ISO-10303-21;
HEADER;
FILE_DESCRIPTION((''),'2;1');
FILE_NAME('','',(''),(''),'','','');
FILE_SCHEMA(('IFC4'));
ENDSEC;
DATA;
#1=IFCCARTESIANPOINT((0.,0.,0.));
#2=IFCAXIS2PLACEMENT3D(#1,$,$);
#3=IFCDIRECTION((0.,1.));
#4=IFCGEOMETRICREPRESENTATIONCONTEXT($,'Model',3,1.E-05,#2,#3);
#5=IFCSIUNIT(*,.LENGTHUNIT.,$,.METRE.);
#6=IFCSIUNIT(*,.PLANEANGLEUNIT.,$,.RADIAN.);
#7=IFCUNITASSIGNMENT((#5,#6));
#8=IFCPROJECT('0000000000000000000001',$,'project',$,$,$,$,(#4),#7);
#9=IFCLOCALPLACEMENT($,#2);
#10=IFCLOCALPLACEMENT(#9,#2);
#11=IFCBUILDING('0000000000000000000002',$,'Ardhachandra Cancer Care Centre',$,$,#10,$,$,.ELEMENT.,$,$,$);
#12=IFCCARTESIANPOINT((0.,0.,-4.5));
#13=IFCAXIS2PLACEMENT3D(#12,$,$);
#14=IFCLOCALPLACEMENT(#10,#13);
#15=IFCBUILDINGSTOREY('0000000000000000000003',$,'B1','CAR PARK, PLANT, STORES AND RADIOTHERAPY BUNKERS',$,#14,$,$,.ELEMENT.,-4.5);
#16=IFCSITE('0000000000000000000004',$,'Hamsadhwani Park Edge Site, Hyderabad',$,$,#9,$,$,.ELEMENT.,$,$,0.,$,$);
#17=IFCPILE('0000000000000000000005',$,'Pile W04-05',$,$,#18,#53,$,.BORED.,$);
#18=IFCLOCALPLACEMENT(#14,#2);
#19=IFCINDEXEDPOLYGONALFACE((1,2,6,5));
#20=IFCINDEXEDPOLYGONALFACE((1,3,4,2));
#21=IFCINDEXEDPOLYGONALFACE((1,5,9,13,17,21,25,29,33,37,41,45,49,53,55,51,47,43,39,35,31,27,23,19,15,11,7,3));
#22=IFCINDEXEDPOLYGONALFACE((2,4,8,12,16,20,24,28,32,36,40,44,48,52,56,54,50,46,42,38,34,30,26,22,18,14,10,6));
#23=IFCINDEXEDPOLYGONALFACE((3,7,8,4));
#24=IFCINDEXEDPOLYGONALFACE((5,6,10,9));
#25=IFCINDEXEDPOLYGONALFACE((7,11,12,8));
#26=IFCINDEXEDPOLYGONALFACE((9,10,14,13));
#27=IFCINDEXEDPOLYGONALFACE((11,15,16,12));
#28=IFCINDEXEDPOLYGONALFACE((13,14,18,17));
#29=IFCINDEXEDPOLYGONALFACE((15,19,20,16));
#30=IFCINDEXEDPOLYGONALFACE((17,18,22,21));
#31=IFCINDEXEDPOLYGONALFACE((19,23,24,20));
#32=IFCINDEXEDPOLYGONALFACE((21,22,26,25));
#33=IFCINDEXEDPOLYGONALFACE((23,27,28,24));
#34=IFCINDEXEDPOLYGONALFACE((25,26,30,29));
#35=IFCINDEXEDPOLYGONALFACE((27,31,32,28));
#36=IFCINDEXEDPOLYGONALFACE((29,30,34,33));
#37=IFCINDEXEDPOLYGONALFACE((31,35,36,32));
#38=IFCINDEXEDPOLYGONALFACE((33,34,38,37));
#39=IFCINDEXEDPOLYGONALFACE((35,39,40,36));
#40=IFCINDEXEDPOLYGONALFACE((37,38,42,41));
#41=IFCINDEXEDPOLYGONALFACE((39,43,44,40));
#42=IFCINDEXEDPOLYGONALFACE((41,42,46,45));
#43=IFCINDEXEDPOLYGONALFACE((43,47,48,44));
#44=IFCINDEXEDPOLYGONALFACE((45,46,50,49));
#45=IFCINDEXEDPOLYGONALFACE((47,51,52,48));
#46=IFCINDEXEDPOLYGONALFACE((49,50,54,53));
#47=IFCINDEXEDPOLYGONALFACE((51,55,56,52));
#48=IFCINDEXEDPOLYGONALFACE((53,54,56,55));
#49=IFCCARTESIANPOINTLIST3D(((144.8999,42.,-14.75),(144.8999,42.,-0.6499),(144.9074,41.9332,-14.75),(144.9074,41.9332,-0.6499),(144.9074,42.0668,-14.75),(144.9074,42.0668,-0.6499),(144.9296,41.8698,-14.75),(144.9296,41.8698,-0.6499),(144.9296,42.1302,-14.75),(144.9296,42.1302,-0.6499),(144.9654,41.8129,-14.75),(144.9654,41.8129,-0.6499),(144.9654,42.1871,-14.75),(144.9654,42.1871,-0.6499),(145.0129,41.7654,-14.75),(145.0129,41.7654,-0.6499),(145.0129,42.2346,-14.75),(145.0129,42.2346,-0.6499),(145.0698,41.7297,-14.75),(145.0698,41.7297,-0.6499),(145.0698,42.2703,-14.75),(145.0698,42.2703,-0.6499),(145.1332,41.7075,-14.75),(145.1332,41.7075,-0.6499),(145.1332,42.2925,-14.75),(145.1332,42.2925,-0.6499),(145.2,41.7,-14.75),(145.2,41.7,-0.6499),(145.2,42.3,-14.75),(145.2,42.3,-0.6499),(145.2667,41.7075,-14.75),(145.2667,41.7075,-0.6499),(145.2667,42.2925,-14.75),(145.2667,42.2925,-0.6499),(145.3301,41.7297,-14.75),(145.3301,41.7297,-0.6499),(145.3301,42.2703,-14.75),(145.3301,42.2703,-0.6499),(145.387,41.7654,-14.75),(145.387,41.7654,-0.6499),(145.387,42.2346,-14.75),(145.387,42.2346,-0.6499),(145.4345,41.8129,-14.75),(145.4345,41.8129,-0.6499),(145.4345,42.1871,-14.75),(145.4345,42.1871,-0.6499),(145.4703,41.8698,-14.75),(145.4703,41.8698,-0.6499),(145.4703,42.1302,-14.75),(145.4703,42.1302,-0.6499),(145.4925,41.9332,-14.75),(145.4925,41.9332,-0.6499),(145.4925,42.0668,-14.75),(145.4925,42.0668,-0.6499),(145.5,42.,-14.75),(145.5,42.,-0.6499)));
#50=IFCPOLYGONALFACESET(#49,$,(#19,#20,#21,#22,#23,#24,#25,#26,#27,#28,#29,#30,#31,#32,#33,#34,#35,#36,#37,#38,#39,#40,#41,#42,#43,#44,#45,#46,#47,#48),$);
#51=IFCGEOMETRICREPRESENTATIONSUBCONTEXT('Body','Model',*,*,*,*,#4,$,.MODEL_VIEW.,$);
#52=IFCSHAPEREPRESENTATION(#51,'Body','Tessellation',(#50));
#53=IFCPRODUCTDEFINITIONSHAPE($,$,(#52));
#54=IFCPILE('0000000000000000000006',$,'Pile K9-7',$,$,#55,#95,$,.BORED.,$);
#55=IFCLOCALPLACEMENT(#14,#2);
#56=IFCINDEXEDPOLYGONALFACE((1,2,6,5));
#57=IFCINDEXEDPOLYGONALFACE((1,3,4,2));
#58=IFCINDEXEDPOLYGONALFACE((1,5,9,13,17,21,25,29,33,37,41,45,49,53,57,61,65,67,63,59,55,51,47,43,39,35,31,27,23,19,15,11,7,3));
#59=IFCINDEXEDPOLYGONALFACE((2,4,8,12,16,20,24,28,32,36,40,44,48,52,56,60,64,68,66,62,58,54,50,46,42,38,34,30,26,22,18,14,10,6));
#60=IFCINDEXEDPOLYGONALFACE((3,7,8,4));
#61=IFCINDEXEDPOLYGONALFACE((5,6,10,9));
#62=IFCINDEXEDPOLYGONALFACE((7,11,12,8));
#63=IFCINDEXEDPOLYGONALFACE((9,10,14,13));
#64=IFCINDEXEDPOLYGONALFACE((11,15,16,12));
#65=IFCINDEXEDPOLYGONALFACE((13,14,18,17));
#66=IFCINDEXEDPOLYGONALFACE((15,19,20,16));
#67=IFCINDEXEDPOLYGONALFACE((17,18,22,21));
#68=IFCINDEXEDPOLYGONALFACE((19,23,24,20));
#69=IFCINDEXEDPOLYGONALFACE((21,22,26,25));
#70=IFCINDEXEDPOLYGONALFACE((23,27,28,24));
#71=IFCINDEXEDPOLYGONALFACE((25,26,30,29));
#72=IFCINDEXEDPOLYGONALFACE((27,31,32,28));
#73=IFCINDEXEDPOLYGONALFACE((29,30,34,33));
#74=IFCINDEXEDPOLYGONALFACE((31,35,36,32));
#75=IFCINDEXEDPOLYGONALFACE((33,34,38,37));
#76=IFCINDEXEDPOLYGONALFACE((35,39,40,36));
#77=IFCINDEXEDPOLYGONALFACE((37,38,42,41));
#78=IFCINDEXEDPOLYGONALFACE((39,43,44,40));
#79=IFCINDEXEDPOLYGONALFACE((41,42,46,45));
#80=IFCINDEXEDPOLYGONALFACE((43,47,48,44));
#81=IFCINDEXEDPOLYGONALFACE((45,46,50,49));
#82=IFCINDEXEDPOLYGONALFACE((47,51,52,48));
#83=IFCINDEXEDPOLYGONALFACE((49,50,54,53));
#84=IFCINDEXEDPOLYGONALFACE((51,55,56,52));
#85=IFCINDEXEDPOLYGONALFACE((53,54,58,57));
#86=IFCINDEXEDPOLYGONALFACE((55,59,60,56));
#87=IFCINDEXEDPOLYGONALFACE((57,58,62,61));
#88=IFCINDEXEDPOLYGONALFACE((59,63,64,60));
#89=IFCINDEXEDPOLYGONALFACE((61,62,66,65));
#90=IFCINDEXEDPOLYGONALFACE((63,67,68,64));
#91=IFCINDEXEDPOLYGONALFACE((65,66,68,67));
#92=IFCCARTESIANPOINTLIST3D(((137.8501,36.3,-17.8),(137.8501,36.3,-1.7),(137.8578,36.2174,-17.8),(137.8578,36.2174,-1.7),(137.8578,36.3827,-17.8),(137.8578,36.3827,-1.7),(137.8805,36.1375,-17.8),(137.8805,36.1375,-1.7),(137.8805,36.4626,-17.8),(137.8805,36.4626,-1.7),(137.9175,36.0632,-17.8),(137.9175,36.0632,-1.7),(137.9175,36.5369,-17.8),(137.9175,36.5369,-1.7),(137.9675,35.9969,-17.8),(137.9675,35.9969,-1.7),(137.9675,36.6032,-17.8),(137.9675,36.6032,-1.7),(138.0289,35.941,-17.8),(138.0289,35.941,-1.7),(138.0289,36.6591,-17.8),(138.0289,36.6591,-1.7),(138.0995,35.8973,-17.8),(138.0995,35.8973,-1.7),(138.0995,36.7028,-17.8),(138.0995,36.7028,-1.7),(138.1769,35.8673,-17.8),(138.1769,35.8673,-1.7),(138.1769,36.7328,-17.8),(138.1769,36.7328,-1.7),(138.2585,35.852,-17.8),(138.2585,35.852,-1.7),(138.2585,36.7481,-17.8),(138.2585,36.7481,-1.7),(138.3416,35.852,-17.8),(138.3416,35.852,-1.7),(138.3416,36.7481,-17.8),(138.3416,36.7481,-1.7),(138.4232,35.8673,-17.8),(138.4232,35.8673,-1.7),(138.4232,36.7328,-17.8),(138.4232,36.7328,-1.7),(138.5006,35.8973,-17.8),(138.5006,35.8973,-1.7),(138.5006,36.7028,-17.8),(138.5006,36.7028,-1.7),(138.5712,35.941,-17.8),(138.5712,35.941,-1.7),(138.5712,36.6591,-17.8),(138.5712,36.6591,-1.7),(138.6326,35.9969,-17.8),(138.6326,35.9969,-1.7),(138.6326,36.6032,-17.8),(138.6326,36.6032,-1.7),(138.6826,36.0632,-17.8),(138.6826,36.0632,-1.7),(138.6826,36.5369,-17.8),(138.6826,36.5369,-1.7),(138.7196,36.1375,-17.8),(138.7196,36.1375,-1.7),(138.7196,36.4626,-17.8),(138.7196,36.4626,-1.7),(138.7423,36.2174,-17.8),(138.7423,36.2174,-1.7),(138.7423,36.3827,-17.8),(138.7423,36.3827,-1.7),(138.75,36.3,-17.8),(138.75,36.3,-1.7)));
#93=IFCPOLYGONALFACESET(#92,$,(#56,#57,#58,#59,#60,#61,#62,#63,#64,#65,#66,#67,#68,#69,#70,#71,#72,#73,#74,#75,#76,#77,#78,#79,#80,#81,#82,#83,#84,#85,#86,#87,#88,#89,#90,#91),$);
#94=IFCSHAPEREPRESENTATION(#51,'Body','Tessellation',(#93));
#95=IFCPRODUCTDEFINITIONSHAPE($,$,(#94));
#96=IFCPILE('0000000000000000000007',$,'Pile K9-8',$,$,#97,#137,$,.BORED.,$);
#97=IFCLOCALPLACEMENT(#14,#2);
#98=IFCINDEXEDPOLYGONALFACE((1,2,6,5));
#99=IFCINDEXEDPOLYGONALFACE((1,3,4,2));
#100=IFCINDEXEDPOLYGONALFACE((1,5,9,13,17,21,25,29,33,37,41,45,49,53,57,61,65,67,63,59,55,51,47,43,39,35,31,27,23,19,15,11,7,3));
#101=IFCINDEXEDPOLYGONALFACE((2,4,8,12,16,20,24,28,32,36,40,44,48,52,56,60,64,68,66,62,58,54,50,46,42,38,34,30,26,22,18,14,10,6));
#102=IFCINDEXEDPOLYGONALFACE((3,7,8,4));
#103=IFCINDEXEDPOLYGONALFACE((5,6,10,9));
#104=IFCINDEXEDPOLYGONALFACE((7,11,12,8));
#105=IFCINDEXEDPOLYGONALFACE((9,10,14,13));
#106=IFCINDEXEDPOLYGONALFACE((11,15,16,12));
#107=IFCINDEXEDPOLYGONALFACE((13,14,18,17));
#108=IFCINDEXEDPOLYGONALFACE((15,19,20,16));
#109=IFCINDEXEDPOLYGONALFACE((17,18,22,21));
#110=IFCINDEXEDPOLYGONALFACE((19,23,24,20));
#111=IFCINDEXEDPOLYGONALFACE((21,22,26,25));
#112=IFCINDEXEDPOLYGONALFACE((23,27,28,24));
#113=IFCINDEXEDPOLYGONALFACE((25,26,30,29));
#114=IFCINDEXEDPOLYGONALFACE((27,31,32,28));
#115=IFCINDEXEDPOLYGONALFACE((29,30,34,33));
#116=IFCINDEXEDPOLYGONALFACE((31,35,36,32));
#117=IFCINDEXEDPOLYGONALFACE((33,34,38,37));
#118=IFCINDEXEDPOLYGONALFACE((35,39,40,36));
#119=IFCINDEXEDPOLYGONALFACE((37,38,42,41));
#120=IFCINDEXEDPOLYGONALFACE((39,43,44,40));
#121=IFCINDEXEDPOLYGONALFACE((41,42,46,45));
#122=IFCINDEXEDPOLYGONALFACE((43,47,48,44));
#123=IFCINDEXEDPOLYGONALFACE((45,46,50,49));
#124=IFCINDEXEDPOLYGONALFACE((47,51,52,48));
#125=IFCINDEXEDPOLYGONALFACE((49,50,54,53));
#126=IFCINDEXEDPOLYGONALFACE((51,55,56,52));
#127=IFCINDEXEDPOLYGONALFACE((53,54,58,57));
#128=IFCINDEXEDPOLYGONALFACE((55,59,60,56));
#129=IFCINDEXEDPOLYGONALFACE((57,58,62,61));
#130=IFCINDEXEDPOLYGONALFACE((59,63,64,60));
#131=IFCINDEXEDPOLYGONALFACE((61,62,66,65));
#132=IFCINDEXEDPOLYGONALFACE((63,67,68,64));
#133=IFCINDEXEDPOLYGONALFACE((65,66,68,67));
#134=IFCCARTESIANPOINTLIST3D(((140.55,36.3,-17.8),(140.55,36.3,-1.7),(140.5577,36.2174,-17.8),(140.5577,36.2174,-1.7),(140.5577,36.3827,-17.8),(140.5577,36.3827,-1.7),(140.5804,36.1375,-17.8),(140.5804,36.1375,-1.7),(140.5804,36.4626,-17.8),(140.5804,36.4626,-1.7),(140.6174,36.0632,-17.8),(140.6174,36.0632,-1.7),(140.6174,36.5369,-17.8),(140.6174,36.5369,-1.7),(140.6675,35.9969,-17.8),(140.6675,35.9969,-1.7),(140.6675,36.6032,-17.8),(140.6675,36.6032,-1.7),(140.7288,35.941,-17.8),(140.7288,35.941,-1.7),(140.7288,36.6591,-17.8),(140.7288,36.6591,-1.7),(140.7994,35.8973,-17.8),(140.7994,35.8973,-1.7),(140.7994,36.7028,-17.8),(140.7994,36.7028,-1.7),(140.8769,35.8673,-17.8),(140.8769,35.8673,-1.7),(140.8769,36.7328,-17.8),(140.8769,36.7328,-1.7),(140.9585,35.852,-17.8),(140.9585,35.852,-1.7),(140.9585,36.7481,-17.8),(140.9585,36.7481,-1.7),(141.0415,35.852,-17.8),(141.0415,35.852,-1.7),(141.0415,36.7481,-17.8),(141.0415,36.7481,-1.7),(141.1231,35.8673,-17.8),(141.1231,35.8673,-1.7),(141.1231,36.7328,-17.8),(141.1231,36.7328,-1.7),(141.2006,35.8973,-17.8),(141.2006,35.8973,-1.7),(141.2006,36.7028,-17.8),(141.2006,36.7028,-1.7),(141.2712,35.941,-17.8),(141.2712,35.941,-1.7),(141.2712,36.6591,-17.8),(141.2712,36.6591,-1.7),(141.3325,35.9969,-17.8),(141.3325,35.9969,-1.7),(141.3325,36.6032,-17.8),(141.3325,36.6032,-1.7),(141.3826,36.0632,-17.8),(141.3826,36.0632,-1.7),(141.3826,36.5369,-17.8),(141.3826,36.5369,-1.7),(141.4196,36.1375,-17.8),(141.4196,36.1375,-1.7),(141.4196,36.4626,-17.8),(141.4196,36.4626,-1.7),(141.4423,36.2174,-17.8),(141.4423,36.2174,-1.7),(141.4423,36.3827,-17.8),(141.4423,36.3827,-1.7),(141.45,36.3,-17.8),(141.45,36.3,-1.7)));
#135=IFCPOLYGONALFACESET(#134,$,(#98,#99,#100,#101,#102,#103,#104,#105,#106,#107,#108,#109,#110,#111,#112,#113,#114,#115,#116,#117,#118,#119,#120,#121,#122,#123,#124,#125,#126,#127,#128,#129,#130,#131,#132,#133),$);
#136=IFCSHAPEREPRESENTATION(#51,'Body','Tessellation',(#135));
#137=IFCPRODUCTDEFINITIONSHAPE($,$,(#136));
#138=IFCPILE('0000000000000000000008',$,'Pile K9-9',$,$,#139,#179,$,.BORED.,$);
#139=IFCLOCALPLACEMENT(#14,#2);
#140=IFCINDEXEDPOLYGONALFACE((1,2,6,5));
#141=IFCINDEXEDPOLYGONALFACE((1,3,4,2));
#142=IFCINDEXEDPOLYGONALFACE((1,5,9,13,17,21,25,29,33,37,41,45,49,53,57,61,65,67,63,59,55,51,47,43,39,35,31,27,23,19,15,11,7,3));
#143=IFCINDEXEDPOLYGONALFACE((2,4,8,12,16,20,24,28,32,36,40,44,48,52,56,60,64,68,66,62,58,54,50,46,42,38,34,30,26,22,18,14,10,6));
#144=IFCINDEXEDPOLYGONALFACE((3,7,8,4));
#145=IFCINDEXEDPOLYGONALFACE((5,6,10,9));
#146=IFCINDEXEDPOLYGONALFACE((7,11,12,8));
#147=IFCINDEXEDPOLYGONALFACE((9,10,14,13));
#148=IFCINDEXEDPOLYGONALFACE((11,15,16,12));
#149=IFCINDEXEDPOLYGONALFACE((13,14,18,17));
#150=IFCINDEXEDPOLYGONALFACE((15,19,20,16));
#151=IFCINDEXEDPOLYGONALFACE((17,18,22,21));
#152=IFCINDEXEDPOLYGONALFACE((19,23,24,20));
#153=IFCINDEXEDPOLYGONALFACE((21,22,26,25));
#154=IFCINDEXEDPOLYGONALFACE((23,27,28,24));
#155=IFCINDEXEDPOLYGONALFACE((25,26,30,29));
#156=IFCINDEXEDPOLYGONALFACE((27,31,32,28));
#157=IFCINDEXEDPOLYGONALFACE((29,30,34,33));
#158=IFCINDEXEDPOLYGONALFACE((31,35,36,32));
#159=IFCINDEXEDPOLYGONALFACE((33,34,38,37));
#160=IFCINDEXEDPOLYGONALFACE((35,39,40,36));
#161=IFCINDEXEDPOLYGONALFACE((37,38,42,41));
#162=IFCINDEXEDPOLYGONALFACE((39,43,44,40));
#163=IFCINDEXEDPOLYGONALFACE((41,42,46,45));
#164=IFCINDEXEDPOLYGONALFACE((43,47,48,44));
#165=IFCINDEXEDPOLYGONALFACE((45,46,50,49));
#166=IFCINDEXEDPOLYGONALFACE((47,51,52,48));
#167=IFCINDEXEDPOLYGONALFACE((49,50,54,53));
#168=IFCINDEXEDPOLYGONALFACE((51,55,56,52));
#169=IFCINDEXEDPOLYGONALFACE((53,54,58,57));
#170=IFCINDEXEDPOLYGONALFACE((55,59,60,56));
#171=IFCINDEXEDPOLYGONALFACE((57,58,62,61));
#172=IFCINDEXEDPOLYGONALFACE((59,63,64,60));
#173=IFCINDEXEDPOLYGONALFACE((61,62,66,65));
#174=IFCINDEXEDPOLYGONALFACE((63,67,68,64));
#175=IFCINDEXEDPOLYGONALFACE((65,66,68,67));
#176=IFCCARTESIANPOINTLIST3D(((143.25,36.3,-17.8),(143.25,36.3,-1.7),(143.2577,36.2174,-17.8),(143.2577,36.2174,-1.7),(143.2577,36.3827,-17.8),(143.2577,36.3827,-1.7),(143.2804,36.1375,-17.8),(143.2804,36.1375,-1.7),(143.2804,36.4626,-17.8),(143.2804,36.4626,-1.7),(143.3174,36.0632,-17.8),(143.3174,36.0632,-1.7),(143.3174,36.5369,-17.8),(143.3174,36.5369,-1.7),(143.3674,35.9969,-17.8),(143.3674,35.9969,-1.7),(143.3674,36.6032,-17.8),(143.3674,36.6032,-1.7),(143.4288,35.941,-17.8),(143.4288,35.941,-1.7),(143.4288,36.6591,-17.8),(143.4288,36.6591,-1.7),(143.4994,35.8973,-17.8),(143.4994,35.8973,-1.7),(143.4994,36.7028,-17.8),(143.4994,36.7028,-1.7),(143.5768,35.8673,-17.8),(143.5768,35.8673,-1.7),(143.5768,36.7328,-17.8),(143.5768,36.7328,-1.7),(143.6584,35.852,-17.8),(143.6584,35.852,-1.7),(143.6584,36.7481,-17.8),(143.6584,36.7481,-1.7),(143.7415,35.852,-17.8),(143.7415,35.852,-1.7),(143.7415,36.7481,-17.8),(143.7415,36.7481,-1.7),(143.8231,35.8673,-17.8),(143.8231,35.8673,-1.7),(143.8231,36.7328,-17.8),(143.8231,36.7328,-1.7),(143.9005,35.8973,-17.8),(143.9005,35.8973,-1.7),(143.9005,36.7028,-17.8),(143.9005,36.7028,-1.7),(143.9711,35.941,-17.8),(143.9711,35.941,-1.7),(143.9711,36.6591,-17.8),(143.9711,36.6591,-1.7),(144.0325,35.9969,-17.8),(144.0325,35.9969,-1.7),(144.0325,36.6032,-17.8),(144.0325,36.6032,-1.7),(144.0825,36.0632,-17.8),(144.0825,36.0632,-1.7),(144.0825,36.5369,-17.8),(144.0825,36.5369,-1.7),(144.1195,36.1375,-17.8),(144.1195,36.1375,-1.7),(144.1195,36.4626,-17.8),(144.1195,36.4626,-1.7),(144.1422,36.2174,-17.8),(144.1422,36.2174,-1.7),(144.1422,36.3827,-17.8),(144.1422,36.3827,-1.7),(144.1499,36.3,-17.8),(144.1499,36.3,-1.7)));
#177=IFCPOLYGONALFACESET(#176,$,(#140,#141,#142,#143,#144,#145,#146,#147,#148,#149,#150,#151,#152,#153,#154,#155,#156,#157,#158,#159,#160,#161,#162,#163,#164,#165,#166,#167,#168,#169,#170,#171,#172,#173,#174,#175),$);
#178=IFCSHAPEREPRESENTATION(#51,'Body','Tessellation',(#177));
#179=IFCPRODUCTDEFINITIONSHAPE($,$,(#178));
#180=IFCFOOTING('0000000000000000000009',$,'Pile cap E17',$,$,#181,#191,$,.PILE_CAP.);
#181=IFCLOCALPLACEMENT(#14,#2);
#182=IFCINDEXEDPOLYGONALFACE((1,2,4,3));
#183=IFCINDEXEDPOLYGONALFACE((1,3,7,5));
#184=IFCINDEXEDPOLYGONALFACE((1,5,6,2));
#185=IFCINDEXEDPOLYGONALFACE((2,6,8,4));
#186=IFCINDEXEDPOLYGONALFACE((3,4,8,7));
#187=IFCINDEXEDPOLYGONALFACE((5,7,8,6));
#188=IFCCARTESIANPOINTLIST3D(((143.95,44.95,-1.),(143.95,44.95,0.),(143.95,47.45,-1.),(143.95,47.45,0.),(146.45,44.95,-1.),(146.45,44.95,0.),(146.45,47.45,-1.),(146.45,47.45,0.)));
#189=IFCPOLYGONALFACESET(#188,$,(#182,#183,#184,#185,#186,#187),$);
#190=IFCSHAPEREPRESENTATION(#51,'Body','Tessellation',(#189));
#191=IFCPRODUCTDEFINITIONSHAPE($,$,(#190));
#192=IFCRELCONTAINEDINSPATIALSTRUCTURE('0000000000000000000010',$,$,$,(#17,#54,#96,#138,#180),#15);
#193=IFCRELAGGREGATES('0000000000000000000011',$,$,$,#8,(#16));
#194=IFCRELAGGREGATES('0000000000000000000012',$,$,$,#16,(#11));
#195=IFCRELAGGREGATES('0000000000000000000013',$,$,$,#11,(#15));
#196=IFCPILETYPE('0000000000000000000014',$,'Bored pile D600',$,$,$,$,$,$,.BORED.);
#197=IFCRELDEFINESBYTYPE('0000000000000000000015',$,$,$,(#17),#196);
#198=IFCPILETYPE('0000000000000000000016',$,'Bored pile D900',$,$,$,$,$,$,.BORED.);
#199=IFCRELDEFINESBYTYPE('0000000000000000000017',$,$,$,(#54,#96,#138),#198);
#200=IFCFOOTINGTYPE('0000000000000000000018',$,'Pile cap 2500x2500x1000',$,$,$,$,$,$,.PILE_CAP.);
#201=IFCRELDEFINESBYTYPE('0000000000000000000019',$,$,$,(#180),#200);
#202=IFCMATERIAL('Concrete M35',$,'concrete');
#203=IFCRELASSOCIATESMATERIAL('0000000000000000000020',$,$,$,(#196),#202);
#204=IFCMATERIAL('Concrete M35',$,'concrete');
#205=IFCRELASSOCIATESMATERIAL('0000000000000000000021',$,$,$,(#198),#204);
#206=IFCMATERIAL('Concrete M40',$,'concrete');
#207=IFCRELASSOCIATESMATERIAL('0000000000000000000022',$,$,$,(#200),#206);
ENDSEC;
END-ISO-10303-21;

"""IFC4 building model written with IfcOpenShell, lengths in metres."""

from ifc_helpers import new_model, si_unit, direction, frame, origin, origin_2d, place, context, subcontext, project, spatial, rectangle, circle, extrude, material, material_profile, profile_set, type_object, element, save


model = new_model("IFC4")

# Units and contexts
model_context = context("Model", 3, precision=1e-05, world=origin(), true_north=direction((0.0, 1.0)))
body_context = subcontext(model_context, "Body", "Model", "MODEL_VIEW")
ifc_project = project(units=[si_unit("LENGTHUNIT", "METRE"), si_unit("PLANEANGLEUNIT", "RADIAN")], contexts=[model_context])

# Site, building, storey
site_placement = place(None, origin())
site = spatial("IfcSite", under=ifc_project, at=site_placement, Name="Hamsadhwani Park Edge Site, Hyderabad", CompositionType="ELEMENT", RefElevation=0.0)
building_placement = place(site_placement, origin())
building = spatial("IfcBuilding", under=site, at=building_placement, Name="Ardhachandra Cancer Care Centre", CompositionType="ELEMENT")
storey_placement = place(building_placement, frame((0.0, 0.0, -4.5)))
storey = spatial("IfcBuildingStorey", under=building, at=storey_placement, Name="B1", Description="CAR PARK, PLANT, STORES AND RADIOTHERAPY BUNKERS", CompositionType="ELEMENT", Elevation=-4.5)

# Piles
ifc_material_1 = material(Name="Concrete M35", Category="concrete")
ifc_material_profile_1 = material_profile(ifc_material_1, circle(Radius=0.3, at=origin_2d()), Name="D600")
ifc_profile_set_1 = profile_set([ifc_material_profile_1], Name="Concrete M35")
pile_type_1 = type_object("IfcPileType", Name="Bored pile D600", PredefinedType="BORED", material=ifc_profile_set_1)
for number, where, z_axis, x_axis, name in (
    (1, (145.2, 42.0, -0.6499), (0.0, 0.0, -1.0), (1.0, 0.0, 0.0), "Pile W04-05"),
):
    element("IfcPile", number, at=place(storey_placement, frame(where, z_axis=z_axis, x_axis=x_axis)), inside=storey, type_object=pile_type_1, Name=name, PredefinedType="BORED", context=body_context, shape_type="SweptSolid", body=[
        extrude(circle(Radius=0.3, at=origin_2d()), origin(), (0.0, 0.0, 1.0), 14.1001),
    ])
ifc_material_2 = material(Name="Concrete M35", Category="concrete")
ifc_material_profile_2 = material_profile(ifc_material_2, circle(Radius=0.45, at=origin_2d()), Name="D900")
ifc_profile_set_2 = profile_set([ifc_material_profile_2], Name="Concrete M35")
pile_type_2 = type_object("IfcPileType", Name="Bored pile D900", PredefinedType="BORED", material=ifc_profile_set_2)
for number, where, z_axis, x_axis, name in (
    (2, (138.3, 36.3, -1.7), (0.0, 0.0, -1.0), (1.0, 0.0, 0.0), "Pile K9-7"),
    (3, (141.0, 36.3, -1.7), (0.0, 0.0, -1.0), (1.0, 0.0, 0.0), "Pile K9-8"),
    (4, (143.7, 36.3, -1.7), (0.0, 0.0, -1.0), (1.0, 0.0, 0.0), "Pile K9-9"),
):
    element("IfcPile", number, at=place(storey_placement, frame(where, z_axis=z_axis, x_axis=x_axis)), inside=storey, type_object=pile_type_2, Name=name, PredefinedType="BORED", context=body_context, shape_type="SweptSolid", body=[
        extrude(circle(Radius=0.45, at=origin_2d()), origin(), (0.0, 0.0, 1.0), 16.1001),
    ])

# Footing
ifc_material_3 = material(Name="Concrete M40", Category="concrete")
footing_type_1 = type_object("IfcFootingType", Name="Pile cap 2500x2500x1000", PredefinedType="PILE_CAP", material=ifc_material_3)
footing_placement = place(storey_placement, frame((145.2, 46.2, -1.0), z_axis=(0.0, 0.0, 1.0), x_axis=(1.0, 0.0, 0.0)))
element("IfcFooting", 5, at=footing_placement, inside=storey, type_object=footing_type_1, Name="Pile cap E17", PredefinedType="PILE_CAP", context=body_context, shape_type="SweptSolid", body=[
    extrude(rectangle(XDim=2.5, YDim=2.5, at=origin_2d()), origin(), (0.0, 0.0, 1.0), 1.0),
])

save(model, "model.ifc")
